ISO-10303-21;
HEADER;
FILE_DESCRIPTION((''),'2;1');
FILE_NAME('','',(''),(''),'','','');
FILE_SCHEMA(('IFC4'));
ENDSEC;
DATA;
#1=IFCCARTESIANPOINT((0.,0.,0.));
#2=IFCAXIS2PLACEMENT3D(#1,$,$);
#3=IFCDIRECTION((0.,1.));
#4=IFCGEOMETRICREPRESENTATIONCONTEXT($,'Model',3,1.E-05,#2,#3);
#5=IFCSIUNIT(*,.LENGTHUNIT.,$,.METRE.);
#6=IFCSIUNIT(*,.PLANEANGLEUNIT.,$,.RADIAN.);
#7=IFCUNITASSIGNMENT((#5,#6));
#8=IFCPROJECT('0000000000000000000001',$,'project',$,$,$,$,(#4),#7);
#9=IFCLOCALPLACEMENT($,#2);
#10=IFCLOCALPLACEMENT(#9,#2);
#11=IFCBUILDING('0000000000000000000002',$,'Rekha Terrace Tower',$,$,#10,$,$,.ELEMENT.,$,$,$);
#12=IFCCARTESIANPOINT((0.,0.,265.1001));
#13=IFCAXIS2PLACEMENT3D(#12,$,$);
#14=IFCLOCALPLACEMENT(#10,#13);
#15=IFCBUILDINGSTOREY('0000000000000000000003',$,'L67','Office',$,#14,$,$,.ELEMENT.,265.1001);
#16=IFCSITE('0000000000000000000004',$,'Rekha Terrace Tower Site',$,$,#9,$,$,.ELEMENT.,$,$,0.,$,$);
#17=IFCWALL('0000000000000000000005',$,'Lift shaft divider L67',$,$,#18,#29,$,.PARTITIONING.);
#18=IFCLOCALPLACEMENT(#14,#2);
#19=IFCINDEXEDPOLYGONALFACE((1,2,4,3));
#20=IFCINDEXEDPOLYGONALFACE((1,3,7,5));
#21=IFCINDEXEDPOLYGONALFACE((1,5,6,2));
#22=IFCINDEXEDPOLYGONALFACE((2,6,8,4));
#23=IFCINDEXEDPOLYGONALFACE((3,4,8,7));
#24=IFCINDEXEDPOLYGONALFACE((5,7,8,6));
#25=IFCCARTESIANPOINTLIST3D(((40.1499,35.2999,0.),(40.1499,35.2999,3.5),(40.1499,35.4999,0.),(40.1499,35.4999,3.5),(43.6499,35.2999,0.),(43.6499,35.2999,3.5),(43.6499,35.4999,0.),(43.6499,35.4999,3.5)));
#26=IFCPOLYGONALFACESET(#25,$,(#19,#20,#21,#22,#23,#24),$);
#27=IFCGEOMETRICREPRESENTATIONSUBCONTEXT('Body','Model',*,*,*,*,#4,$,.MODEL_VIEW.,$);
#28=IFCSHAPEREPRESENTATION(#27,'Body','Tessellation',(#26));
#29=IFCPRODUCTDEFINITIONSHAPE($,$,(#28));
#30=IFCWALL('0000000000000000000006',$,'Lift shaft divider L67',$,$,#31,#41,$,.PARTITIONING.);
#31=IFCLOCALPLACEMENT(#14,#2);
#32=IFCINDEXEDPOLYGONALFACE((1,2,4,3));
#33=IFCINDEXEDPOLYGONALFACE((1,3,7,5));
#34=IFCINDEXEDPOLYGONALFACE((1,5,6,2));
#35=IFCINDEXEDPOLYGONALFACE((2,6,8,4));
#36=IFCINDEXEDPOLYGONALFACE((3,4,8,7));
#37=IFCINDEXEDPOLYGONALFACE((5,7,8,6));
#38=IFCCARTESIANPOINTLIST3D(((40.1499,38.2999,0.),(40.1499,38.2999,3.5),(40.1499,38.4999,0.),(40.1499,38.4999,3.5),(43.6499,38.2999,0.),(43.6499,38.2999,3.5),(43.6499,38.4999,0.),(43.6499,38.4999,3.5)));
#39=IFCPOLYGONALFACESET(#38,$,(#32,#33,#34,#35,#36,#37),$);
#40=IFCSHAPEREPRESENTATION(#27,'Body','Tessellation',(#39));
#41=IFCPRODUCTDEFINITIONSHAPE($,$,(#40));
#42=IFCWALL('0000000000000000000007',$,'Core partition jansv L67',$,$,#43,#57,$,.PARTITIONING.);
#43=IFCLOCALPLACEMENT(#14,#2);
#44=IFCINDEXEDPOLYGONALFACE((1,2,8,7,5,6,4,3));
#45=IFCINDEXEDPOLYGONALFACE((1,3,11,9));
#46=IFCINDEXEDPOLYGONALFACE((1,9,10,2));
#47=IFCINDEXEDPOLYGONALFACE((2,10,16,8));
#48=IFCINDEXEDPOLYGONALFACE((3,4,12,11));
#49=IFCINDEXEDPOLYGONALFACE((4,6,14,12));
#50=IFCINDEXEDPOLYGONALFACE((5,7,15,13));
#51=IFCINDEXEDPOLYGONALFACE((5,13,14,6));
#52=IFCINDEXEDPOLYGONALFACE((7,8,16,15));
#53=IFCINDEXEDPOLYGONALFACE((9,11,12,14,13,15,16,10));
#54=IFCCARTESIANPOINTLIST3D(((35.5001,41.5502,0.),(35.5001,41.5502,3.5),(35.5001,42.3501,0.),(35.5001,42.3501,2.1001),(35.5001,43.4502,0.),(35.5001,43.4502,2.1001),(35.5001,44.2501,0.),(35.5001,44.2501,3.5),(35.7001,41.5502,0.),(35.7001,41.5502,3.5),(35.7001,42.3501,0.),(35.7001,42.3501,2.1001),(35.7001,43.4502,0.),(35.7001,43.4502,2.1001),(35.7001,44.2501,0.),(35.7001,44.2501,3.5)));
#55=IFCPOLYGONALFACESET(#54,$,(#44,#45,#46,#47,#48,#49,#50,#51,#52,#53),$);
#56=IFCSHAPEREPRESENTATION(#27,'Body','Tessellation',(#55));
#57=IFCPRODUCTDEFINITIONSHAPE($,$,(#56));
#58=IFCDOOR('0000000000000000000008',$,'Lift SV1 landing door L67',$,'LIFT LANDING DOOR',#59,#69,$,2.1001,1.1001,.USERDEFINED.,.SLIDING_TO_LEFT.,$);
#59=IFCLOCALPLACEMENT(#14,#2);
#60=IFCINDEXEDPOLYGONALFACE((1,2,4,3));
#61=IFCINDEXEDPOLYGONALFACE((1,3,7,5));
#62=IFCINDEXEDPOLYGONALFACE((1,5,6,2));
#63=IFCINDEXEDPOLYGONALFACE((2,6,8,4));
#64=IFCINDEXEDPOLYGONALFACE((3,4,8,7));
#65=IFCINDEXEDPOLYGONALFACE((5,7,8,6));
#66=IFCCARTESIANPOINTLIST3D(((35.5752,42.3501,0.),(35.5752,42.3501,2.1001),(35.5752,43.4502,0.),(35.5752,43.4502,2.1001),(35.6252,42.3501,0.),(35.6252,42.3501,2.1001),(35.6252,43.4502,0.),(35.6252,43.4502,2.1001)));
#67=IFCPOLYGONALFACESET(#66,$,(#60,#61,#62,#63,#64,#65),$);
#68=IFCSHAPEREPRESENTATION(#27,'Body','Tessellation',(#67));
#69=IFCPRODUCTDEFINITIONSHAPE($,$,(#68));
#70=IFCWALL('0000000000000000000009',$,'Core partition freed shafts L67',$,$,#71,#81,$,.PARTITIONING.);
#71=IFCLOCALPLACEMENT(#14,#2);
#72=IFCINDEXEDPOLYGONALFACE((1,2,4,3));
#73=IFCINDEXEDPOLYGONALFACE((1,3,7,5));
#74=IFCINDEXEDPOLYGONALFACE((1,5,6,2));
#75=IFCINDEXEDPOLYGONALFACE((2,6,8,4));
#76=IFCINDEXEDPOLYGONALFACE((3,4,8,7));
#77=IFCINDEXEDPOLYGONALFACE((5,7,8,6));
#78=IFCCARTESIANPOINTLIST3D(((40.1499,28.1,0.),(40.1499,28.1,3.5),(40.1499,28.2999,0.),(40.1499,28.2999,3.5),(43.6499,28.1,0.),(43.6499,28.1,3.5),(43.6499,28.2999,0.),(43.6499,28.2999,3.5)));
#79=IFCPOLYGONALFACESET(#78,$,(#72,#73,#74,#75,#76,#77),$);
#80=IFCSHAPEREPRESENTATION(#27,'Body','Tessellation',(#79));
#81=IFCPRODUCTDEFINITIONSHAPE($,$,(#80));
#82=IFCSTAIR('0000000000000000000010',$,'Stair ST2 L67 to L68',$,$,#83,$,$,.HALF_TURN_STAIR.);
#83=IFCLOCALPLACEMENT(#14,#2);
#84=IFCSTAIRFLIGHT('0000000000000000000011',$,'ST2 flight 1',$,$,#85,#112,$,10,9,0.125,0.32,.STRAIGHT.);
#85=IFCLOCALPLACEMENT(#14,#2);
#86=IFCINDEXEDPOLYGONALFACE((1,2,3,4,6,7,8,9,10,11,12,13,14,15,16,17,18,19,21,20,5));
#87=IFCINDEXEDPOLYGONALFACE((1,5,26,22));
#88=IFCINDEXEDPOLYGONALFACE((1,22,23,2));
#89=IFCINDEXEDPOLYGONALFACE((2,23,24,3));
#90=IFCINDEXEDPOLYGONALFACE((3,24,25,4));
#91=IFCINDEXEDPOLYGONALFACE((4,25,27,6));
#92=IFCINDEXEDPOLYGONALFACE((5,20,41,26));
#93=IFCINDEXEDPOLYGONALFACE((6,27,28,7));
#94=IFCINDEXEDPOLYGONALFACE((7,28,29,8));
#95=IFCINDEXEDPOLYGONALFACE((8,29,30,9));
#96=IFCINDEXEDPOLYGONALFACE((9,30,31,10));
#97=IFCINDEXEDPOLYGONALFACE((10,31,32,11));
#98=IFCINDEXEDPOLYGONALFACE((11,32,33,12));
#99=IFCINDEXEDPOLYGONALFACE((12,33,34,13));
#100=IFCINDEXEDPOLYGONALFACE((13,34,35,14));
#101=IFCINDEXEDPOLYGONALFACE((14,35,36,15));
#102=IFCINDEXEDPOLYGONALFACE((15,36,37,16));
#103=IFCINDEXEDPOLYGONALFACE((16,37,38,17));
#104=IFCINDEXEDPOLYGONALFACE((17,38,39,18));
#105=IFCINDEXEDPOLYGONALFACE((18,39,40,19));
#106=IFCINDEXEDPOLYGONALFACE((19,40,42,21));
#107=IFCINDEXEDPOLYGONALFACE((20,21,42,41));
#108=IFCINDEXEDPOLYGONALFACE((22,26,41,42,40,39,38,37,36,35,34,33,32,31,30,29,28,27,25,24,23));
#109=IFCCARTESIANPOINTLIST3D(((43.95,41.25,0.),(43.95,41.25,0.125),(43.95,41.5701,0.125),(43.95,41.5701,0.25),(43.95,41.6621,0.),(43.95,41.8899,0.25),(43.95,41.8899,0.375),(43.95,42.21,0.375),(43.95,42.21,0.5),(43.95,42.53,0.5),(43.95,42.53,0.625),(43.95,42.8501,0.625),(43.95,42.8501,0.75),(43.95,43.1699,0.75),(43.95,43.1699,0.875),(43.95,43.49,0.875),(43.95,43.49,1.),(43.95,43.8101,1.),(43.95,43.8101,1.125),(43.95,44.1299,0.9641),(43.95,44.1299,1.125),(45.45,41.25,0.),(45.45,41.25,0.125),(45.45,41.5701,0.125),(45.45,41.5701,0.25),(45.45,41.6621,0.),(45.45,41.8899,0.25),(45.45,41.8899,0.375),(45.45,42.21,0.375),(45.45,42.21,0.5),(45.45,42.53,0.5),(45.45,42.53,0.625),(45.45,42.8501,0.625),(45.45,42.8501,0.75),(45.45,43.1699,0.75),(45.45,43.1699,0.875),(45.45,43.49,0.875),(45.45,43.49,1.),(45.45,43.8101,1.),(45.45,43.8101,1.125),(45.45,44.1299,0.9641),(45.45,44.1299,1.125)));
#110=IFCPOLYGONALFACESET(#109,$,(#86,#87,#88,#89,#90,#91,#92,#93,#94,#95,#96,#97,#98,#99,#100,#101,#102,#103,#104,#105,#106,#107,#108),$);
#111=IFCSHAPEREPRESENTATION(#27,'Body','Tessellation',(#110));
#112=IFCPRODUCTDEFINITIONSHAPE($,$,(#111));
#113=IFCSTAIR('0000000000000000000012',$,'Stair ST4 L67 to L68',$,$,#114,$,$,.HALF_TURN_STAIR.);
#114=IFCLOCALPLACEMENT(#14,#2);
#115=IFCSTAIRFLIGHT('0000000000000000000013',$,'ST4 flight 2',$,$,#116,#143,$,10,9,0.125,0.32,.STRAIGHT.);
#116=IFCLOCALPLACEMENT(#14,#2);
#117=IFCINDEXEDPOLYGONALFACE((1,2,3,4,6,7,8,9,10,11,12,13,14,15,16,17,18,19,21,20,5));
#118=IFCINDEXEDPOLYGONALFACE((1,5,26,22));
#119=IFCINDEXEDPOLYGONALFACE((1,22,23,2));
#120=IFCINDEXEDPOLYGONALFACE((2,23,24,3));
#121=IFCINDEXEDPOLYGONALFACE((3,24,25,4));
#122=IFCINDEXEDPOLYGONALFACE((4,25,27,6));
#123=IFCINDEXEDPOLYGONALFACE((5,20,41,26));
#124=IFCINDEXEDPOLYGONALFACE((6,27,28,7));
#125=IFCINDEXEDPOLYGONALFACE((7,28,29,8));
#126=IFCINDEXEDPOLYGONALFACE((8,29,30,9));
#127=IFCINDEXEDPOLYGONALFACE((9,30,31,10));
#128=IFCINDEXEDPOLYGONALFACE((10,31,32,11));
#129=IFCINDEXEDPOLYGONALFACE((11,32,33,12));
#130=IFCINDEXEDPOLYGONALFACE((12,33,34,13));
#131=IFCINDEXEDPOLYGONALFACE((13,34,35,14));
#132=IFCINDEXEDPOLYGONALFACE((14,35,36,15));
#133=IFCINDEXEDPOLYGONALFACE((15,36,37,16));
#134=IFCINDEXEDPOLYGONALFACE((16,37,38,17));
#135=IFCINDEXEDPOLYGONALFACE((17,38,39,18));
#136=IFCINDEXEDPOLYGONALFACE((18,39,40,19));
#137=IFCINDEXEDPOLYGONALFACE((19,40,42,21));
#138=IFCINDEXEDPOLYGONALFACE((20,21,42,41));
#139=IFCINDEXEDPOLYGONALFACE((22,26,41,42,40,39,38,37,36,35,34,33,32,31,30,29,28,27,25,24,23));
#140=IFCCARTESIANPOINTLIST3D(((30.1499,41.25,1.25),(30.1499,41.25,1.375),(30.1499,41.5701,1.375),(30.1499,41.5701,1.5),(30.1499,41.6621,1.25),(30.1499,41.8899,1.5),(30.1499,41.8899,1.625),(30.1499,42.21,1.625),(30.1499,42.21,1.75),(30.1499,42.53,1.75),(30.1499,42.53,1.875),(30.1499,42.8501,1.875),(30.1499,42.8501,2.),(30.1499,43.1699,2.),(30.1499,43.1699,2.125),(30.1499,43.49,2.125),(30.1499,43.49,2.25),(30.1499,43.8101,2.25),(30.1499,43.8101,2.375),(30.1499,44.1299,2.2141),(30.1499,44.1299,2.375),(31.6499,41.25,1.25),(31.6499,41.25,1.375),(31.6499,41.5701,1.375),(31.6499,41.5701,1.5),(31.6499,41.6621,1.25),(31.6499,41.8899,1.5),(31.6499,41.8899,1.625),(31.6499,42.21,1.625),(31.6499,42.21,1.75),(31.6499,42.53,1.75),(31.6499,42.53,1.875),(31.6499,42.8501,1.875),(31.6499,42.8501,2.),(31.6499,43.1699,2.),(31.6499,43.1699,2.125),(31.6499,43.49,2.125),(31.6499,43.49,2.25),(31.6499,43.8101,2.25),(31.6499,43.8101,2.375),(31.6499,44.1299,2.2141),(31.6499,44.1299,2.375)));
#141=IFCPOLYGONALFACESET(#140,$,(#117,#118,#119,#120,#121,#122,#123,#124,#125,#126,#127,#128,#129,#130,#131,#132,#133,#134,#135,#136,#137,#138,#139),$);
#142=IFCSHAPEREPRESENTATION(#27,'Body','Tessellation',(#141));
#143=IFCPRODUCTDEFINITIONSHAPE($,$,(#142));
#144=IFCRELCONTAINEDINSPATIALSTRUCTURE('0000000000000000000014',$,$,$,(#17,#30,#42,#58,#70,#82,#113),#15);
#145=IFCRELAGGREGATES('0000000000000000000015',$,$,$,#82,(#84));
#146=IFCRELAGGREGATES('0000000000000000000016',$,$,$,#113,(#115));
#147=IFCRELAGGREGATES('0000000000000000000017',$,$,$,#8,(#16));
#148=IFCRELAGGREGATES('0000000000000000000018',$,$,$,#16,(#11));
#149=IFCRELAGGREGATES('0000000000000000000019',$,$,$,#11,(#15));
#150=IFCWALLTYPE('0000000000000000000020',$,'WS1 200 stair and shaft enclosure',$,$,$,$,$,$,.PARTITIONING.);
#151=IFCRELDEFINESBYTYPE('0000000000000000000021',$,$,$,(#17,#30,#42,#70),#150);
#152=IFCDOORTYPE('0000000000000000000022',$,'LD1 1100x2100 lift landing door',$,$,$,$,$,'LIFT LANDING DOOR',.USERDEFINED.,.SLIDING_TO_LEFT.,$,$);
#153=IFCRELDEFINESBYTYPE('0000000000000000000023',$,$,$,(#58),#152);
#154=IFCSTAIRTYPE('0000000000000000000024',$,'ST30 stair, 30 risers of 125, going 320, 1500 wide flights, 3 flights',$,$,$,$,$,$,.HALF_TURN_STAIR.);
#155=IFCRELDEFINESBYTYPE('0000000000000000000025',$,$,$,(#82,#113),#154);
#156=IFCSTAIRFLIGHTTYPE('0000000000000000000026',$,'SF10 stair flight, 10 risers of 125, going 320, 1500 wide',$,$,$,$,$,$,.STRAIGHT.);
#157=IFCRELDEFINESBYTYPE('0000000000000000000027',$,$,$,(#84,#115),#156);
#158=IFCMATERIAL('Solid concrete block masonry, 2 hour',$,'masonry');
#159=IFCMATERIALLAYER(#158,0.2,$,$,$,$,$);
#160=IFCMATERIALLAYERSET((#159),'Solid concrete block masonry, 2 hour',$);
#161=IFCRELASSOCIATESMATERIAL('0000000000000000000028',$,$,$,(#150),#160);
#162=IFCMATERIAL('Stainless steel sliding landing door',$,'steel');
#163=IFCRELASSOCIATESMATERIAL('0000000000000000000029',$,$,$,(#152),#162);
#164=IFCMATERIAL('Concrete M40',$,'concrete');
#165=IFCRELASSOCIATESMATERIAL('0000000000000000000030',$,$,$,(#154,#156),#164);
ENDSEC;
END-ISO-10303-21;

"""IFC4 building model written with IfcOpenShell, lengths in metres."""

from ifc_helpers import new_model, si_unit, direction, frame, frame_2d, origin, place, context, subcontext, project, spatial, polyline, rectangle, outline, extrude, material, layer, layer_set, type_object, element, fill, aggregate, save


model = new_model("IFC4")

# Units and contexts
model_context = context("Model", 3, precision=1e-05, world=origin(), true_north=direction((0.0, 1.0)))
body_context = subcontext(model_context, "Body", "Model", "MODEL_VIEW")
ifc_project = project(units=[si_unit("LENGTHUNIT", "METRE"), si_unit("PLANEANGLEUNIT", "RADIAN")], contexts=[model_context])

# Site, building, storey
site_placement = place(None, origin())
site = spatial("IfcSite", under=ifc_project, at=site_placement, Name="Rekha Terrace Tower Site", CompositionType="ELEMENT", RefElevation=0.0)
building_placement = place(site_placement, origin())
building = spatial("IfcBuilding", under=site, at=building_placement, Name="Rekha Terrace Tower", CompositionType="ELEMENT")
storey_placement = place(building_placement, frame((0.0, 0.0, 265.1001)))
storey = spatial("IfcBuildingStorey", under=building, at=storey_placement, Name="L67", Description="Office", CompositionType="ELEMENT", Elevation=265.1001)

# Shared definitions
ifc_material_1 = material(Name="Stainless steel sliding landing door", Category="steel")

# Walls
ifc_material_2 = material(Name="Solid concrete block masonry, 2 hour", Category="masonry")
ifc_layer_1 = layer(ifc_material_2, 0.2)
ifc_layer_set_1 = layer_set([ifc_layer_1], Name="Solid concrete block masonry, 2 hour")
wall_type_1 = type_object("IfcWallType", Name="WS1 200 stair and shaft enclosure", PredefinedType="PARTITIONING", material=ifc_layer_set_1)
for number, where, z_axis, x_axis, name in (
    (1, (40.1499, 35.3999, 0.0), (0.0, 0.0, 1.0), (1.0, 0.0, 0.0), "Lift shaft divider L67"),
    (2, (40.1499, 38.3999, 0.0), (0.0, 0.0, 1.0), (1.0, 0.0, 0.0), "Lift shaft divider L67"),
):
    element("IfcWall", number, at=place(storey_placement, frame(where, z_axis=z_axis, x_axis=x_axis)), inside=storey, type_object=wall_type_1, Name=name, PredefinedType="PARTITIONING", context=body_context, shape_type="SweptSolid", body=[
        extrude(rectangle(XDim=3.5, YDim=0.2, at=frame_2d((1.75, 0.0))), origin(), (0.0, 0.0, 1.0), 3.5),
    ])

# Wall, opening, door
wall_1_placement = place(storey_placement, frame((35.6001, 41.55, 0.0), z_axis=(0.0, 0.0, 1.0), x_axis=(0.0, 1.0, 0.0)))
wall_1 = element("IfcWall", 3, at=wall_1_placement, inside=storey, type_object=wall_type_1, Name="Core partition jansv L67", PredefinedType="PARTITIONING", context=body_context, shape_type="SweptSolid", body=[
    extrude(rectangle(XDim=2.7, YDim=0.2, at=frame_2d((1.3501, 0.0))), origin(), (0.0, 0.0, 1.0), 3.5),
])
opening_1_placement = place(wall_1_placement, frame((0.8, 0.0, 0.0)))
opening_1 = element("IfcOpeningElement", 4, at=opening_1_placement, cuts=wall_1, PredefinedType="OPENING", context=body_context, shape_type="SweptSolid", body=[
    extrude(rectangle(XDim=1.1001, YDim=2.1001, at=frame_2d((0.55, 1.05))), frame((0.0, 0.1099, 0.0), z_axis=(0.0, -1.0, 0.0), x_axis=(1.0, 0.0, 0.0)), (0.0, 0.0, 1.0), 0.22),
])
door_type_1 = type_object("IfcDoorType", Name="LD1 1100x2100 lift landing door", ElementType="LIFT LANDING DOOR", OperationType="SLIDING_TO_LEFT", PredefinedType="USERDEFINED", material=ifc_material_1)
door_1_placement = place(opening_1_placement, origin())
door_1 = element("IfcDoor", 5, at=door_1_placement, inside=storey, type_object=door_type_1, Name="Lift SV1 landing door L67", ObjectType="LIFT LANDING DOOR", OperationType="SLIDING_TO_LEFT", OverallHeight=2.1001, OverallWidth=1.1001, PredefinedType="USERDEFINED", context=body_context, shape_type="SweptSolid", body=[
    extrude(rectangle(XDim=1.1001, YDim=2.1001, at=frame_2d((0.55, 1.05))), frame((0.0, 0.0249, 0.0), z_axis=(0.0, -1.0, 0.0), x_axis=(1.0, 0.0, 0.0)), (0.0, 0.0, 1.0), 0.05),
])
fill(opening_1, door_1)

# Wall
wall_2_placement = place(storey_placement, frame((40.1499, 28.2, 0.0), z_axis=(0.0, 0.0, 1.0), x_axis=(1.0, 0.0, 0.0)))
element("IfcWall", 6, at=wall_2_placement, inside=storey, type_object=wall_type_1, Name="Core partition freed shafts L67", PredefinedType="PARTITIONING", context=body_context, shape_type="SweptSolid", body=[
    extrude(rectangle(XDim=3.5, YDim=0.2, at=frame_2d((1.75, 0.0))), origin(), (0.0, 0.0, 1.0), 3.5),
])

# Stairs, stair flights
ifc_material_3 = material(Name="Concrete M40", Category="concrete")
stair_type = type_object("IfcStairType", Name="ST30 stair, 30 risers of 125, going 320, 1500 wide flights, 3 flights", PredefinedType="HALF_TURN_STAIR", material=ifc_material_3)
stair_1_placement = place(storey_placement, origin())
stair_1 = element("IfcStair", 7, at=stair_1_placement, inside=storey, type_object=stair_type, Name="Stair ST2 L67 to L68", PredefinedType="HALF_TURN_STAIR")
stair_flight_type = type_object("IfcStairFlightType", Name="SF10 stair flight, 10 risers of 125, going 320, 1500 wide", PredefinedType="STRAIGHT", material=ifc_material_3)
stair_flight_1_placement = place(storey_placement, frame((44.7, 41.25, 0.0), z_axis=(0.0, 0.0, 1.0), x_axis=(0.0, 1.0, 0.0)))
stair_flight_1 = element("IfcStairFlight", 8, at=stair_flight_1_placement, type_object=stair_flight_type, Name="ST2 flight 1", NumberOfRisers=10, NumberOfTreads=9, PredefinedType="STRAIGHT", RiserHeight=0.125, TreadLength=0.32, context=body_context, shape_type="SweptSolid", body=[
    extrude(outline(polyline([(0.0, 0.0), (0.0, 0.125), (0.3201, 0.125), (0.3201, 0.25), (0.6399, 0.25), (0.6399, 0.375), (0.96, 0.375), (0.96, 0.5), (1.28, 0.5), (1.28, 0.625), (1.6001, 0.625), (1.6001, 0.75), (1.9199, 0.75), (1.9199, 0.875), (2.24, 0.875), (2.24, 1.0), (2.5601, 1.0), (2.5601, 1.125), (2.8799, 1.125), (2.8799, 1.25), (2.8799, 0.9641), (0.4121, 0.0), (0.0, 0.0)])), frame((0.0, 0.75, 0.0), z_axis=(0.0, -1.0, 0.0), x_axis=(1.0, 0.0, 0.0)), (0.0, 0.0, 1.0), 1.5),
])
aggregate(stair_1, [stair_flight_1])
stair_2_placement = place(storey_placement, origin())
stair_2 = element("IfcStair", 9, at=stair_2_placement, inside=storey, type_object=stair_type, Name="Stair ST4 L67 to L68", PredefinedType="HALF_TURN_STAIR")
stair_flight_2_placement = place(storey_placement, frame((30.8999, 41.25, 1.25), z_axis=(0.0, 0.0, 1.0), x_axis=(0.0, 1.0, 0.0)))
stair_flight_2 = element("IfcStairFlight", 10, at=stair_flight_2_placement, type_object=stair_flight_type, Name="ST4 flight 2", NumberOfRisers=10, NumberOfTreads=9, PredefinedType="STRAIGHT", RiserHeight=0.125, TreadLength=0.32, context=body_context, shape_type="SweptSolid", body=[
    extrude(outline(polyline([(0.0, 0.0), (0.0, 0.125), (0.3201, 0.125), (0.3201, 0.25), (0.6399, 0.25), (0.6399, 0.375), (0.96, 0.375), (0.96, 0.5), (1.28, 0.5), (1.28, 0.625), (1.6001, 0.625), (1.6001, 0.75), (1.9199, 0.75), (1.9199, 0.875), (2.24, 0.875), (2.24, 1.0), (2.5601, 1.0), (2.5601, 1.125), (2.8799, 1.125), (2.8799, 1.25), (2.8799, 0.9641), (0.4121, 0.0), (0.0, 0.0)])), frame((0.0, 0.75, 0.0), z_axis=(0.0, -1.0, 0.0), x_axis=(1.0, 0.0, 0.0)), (0.0, 0.0, 1.0), 1.5),
])
aggregate(stair_2, [stair_flight_2])

save(model, "model.ifc")
